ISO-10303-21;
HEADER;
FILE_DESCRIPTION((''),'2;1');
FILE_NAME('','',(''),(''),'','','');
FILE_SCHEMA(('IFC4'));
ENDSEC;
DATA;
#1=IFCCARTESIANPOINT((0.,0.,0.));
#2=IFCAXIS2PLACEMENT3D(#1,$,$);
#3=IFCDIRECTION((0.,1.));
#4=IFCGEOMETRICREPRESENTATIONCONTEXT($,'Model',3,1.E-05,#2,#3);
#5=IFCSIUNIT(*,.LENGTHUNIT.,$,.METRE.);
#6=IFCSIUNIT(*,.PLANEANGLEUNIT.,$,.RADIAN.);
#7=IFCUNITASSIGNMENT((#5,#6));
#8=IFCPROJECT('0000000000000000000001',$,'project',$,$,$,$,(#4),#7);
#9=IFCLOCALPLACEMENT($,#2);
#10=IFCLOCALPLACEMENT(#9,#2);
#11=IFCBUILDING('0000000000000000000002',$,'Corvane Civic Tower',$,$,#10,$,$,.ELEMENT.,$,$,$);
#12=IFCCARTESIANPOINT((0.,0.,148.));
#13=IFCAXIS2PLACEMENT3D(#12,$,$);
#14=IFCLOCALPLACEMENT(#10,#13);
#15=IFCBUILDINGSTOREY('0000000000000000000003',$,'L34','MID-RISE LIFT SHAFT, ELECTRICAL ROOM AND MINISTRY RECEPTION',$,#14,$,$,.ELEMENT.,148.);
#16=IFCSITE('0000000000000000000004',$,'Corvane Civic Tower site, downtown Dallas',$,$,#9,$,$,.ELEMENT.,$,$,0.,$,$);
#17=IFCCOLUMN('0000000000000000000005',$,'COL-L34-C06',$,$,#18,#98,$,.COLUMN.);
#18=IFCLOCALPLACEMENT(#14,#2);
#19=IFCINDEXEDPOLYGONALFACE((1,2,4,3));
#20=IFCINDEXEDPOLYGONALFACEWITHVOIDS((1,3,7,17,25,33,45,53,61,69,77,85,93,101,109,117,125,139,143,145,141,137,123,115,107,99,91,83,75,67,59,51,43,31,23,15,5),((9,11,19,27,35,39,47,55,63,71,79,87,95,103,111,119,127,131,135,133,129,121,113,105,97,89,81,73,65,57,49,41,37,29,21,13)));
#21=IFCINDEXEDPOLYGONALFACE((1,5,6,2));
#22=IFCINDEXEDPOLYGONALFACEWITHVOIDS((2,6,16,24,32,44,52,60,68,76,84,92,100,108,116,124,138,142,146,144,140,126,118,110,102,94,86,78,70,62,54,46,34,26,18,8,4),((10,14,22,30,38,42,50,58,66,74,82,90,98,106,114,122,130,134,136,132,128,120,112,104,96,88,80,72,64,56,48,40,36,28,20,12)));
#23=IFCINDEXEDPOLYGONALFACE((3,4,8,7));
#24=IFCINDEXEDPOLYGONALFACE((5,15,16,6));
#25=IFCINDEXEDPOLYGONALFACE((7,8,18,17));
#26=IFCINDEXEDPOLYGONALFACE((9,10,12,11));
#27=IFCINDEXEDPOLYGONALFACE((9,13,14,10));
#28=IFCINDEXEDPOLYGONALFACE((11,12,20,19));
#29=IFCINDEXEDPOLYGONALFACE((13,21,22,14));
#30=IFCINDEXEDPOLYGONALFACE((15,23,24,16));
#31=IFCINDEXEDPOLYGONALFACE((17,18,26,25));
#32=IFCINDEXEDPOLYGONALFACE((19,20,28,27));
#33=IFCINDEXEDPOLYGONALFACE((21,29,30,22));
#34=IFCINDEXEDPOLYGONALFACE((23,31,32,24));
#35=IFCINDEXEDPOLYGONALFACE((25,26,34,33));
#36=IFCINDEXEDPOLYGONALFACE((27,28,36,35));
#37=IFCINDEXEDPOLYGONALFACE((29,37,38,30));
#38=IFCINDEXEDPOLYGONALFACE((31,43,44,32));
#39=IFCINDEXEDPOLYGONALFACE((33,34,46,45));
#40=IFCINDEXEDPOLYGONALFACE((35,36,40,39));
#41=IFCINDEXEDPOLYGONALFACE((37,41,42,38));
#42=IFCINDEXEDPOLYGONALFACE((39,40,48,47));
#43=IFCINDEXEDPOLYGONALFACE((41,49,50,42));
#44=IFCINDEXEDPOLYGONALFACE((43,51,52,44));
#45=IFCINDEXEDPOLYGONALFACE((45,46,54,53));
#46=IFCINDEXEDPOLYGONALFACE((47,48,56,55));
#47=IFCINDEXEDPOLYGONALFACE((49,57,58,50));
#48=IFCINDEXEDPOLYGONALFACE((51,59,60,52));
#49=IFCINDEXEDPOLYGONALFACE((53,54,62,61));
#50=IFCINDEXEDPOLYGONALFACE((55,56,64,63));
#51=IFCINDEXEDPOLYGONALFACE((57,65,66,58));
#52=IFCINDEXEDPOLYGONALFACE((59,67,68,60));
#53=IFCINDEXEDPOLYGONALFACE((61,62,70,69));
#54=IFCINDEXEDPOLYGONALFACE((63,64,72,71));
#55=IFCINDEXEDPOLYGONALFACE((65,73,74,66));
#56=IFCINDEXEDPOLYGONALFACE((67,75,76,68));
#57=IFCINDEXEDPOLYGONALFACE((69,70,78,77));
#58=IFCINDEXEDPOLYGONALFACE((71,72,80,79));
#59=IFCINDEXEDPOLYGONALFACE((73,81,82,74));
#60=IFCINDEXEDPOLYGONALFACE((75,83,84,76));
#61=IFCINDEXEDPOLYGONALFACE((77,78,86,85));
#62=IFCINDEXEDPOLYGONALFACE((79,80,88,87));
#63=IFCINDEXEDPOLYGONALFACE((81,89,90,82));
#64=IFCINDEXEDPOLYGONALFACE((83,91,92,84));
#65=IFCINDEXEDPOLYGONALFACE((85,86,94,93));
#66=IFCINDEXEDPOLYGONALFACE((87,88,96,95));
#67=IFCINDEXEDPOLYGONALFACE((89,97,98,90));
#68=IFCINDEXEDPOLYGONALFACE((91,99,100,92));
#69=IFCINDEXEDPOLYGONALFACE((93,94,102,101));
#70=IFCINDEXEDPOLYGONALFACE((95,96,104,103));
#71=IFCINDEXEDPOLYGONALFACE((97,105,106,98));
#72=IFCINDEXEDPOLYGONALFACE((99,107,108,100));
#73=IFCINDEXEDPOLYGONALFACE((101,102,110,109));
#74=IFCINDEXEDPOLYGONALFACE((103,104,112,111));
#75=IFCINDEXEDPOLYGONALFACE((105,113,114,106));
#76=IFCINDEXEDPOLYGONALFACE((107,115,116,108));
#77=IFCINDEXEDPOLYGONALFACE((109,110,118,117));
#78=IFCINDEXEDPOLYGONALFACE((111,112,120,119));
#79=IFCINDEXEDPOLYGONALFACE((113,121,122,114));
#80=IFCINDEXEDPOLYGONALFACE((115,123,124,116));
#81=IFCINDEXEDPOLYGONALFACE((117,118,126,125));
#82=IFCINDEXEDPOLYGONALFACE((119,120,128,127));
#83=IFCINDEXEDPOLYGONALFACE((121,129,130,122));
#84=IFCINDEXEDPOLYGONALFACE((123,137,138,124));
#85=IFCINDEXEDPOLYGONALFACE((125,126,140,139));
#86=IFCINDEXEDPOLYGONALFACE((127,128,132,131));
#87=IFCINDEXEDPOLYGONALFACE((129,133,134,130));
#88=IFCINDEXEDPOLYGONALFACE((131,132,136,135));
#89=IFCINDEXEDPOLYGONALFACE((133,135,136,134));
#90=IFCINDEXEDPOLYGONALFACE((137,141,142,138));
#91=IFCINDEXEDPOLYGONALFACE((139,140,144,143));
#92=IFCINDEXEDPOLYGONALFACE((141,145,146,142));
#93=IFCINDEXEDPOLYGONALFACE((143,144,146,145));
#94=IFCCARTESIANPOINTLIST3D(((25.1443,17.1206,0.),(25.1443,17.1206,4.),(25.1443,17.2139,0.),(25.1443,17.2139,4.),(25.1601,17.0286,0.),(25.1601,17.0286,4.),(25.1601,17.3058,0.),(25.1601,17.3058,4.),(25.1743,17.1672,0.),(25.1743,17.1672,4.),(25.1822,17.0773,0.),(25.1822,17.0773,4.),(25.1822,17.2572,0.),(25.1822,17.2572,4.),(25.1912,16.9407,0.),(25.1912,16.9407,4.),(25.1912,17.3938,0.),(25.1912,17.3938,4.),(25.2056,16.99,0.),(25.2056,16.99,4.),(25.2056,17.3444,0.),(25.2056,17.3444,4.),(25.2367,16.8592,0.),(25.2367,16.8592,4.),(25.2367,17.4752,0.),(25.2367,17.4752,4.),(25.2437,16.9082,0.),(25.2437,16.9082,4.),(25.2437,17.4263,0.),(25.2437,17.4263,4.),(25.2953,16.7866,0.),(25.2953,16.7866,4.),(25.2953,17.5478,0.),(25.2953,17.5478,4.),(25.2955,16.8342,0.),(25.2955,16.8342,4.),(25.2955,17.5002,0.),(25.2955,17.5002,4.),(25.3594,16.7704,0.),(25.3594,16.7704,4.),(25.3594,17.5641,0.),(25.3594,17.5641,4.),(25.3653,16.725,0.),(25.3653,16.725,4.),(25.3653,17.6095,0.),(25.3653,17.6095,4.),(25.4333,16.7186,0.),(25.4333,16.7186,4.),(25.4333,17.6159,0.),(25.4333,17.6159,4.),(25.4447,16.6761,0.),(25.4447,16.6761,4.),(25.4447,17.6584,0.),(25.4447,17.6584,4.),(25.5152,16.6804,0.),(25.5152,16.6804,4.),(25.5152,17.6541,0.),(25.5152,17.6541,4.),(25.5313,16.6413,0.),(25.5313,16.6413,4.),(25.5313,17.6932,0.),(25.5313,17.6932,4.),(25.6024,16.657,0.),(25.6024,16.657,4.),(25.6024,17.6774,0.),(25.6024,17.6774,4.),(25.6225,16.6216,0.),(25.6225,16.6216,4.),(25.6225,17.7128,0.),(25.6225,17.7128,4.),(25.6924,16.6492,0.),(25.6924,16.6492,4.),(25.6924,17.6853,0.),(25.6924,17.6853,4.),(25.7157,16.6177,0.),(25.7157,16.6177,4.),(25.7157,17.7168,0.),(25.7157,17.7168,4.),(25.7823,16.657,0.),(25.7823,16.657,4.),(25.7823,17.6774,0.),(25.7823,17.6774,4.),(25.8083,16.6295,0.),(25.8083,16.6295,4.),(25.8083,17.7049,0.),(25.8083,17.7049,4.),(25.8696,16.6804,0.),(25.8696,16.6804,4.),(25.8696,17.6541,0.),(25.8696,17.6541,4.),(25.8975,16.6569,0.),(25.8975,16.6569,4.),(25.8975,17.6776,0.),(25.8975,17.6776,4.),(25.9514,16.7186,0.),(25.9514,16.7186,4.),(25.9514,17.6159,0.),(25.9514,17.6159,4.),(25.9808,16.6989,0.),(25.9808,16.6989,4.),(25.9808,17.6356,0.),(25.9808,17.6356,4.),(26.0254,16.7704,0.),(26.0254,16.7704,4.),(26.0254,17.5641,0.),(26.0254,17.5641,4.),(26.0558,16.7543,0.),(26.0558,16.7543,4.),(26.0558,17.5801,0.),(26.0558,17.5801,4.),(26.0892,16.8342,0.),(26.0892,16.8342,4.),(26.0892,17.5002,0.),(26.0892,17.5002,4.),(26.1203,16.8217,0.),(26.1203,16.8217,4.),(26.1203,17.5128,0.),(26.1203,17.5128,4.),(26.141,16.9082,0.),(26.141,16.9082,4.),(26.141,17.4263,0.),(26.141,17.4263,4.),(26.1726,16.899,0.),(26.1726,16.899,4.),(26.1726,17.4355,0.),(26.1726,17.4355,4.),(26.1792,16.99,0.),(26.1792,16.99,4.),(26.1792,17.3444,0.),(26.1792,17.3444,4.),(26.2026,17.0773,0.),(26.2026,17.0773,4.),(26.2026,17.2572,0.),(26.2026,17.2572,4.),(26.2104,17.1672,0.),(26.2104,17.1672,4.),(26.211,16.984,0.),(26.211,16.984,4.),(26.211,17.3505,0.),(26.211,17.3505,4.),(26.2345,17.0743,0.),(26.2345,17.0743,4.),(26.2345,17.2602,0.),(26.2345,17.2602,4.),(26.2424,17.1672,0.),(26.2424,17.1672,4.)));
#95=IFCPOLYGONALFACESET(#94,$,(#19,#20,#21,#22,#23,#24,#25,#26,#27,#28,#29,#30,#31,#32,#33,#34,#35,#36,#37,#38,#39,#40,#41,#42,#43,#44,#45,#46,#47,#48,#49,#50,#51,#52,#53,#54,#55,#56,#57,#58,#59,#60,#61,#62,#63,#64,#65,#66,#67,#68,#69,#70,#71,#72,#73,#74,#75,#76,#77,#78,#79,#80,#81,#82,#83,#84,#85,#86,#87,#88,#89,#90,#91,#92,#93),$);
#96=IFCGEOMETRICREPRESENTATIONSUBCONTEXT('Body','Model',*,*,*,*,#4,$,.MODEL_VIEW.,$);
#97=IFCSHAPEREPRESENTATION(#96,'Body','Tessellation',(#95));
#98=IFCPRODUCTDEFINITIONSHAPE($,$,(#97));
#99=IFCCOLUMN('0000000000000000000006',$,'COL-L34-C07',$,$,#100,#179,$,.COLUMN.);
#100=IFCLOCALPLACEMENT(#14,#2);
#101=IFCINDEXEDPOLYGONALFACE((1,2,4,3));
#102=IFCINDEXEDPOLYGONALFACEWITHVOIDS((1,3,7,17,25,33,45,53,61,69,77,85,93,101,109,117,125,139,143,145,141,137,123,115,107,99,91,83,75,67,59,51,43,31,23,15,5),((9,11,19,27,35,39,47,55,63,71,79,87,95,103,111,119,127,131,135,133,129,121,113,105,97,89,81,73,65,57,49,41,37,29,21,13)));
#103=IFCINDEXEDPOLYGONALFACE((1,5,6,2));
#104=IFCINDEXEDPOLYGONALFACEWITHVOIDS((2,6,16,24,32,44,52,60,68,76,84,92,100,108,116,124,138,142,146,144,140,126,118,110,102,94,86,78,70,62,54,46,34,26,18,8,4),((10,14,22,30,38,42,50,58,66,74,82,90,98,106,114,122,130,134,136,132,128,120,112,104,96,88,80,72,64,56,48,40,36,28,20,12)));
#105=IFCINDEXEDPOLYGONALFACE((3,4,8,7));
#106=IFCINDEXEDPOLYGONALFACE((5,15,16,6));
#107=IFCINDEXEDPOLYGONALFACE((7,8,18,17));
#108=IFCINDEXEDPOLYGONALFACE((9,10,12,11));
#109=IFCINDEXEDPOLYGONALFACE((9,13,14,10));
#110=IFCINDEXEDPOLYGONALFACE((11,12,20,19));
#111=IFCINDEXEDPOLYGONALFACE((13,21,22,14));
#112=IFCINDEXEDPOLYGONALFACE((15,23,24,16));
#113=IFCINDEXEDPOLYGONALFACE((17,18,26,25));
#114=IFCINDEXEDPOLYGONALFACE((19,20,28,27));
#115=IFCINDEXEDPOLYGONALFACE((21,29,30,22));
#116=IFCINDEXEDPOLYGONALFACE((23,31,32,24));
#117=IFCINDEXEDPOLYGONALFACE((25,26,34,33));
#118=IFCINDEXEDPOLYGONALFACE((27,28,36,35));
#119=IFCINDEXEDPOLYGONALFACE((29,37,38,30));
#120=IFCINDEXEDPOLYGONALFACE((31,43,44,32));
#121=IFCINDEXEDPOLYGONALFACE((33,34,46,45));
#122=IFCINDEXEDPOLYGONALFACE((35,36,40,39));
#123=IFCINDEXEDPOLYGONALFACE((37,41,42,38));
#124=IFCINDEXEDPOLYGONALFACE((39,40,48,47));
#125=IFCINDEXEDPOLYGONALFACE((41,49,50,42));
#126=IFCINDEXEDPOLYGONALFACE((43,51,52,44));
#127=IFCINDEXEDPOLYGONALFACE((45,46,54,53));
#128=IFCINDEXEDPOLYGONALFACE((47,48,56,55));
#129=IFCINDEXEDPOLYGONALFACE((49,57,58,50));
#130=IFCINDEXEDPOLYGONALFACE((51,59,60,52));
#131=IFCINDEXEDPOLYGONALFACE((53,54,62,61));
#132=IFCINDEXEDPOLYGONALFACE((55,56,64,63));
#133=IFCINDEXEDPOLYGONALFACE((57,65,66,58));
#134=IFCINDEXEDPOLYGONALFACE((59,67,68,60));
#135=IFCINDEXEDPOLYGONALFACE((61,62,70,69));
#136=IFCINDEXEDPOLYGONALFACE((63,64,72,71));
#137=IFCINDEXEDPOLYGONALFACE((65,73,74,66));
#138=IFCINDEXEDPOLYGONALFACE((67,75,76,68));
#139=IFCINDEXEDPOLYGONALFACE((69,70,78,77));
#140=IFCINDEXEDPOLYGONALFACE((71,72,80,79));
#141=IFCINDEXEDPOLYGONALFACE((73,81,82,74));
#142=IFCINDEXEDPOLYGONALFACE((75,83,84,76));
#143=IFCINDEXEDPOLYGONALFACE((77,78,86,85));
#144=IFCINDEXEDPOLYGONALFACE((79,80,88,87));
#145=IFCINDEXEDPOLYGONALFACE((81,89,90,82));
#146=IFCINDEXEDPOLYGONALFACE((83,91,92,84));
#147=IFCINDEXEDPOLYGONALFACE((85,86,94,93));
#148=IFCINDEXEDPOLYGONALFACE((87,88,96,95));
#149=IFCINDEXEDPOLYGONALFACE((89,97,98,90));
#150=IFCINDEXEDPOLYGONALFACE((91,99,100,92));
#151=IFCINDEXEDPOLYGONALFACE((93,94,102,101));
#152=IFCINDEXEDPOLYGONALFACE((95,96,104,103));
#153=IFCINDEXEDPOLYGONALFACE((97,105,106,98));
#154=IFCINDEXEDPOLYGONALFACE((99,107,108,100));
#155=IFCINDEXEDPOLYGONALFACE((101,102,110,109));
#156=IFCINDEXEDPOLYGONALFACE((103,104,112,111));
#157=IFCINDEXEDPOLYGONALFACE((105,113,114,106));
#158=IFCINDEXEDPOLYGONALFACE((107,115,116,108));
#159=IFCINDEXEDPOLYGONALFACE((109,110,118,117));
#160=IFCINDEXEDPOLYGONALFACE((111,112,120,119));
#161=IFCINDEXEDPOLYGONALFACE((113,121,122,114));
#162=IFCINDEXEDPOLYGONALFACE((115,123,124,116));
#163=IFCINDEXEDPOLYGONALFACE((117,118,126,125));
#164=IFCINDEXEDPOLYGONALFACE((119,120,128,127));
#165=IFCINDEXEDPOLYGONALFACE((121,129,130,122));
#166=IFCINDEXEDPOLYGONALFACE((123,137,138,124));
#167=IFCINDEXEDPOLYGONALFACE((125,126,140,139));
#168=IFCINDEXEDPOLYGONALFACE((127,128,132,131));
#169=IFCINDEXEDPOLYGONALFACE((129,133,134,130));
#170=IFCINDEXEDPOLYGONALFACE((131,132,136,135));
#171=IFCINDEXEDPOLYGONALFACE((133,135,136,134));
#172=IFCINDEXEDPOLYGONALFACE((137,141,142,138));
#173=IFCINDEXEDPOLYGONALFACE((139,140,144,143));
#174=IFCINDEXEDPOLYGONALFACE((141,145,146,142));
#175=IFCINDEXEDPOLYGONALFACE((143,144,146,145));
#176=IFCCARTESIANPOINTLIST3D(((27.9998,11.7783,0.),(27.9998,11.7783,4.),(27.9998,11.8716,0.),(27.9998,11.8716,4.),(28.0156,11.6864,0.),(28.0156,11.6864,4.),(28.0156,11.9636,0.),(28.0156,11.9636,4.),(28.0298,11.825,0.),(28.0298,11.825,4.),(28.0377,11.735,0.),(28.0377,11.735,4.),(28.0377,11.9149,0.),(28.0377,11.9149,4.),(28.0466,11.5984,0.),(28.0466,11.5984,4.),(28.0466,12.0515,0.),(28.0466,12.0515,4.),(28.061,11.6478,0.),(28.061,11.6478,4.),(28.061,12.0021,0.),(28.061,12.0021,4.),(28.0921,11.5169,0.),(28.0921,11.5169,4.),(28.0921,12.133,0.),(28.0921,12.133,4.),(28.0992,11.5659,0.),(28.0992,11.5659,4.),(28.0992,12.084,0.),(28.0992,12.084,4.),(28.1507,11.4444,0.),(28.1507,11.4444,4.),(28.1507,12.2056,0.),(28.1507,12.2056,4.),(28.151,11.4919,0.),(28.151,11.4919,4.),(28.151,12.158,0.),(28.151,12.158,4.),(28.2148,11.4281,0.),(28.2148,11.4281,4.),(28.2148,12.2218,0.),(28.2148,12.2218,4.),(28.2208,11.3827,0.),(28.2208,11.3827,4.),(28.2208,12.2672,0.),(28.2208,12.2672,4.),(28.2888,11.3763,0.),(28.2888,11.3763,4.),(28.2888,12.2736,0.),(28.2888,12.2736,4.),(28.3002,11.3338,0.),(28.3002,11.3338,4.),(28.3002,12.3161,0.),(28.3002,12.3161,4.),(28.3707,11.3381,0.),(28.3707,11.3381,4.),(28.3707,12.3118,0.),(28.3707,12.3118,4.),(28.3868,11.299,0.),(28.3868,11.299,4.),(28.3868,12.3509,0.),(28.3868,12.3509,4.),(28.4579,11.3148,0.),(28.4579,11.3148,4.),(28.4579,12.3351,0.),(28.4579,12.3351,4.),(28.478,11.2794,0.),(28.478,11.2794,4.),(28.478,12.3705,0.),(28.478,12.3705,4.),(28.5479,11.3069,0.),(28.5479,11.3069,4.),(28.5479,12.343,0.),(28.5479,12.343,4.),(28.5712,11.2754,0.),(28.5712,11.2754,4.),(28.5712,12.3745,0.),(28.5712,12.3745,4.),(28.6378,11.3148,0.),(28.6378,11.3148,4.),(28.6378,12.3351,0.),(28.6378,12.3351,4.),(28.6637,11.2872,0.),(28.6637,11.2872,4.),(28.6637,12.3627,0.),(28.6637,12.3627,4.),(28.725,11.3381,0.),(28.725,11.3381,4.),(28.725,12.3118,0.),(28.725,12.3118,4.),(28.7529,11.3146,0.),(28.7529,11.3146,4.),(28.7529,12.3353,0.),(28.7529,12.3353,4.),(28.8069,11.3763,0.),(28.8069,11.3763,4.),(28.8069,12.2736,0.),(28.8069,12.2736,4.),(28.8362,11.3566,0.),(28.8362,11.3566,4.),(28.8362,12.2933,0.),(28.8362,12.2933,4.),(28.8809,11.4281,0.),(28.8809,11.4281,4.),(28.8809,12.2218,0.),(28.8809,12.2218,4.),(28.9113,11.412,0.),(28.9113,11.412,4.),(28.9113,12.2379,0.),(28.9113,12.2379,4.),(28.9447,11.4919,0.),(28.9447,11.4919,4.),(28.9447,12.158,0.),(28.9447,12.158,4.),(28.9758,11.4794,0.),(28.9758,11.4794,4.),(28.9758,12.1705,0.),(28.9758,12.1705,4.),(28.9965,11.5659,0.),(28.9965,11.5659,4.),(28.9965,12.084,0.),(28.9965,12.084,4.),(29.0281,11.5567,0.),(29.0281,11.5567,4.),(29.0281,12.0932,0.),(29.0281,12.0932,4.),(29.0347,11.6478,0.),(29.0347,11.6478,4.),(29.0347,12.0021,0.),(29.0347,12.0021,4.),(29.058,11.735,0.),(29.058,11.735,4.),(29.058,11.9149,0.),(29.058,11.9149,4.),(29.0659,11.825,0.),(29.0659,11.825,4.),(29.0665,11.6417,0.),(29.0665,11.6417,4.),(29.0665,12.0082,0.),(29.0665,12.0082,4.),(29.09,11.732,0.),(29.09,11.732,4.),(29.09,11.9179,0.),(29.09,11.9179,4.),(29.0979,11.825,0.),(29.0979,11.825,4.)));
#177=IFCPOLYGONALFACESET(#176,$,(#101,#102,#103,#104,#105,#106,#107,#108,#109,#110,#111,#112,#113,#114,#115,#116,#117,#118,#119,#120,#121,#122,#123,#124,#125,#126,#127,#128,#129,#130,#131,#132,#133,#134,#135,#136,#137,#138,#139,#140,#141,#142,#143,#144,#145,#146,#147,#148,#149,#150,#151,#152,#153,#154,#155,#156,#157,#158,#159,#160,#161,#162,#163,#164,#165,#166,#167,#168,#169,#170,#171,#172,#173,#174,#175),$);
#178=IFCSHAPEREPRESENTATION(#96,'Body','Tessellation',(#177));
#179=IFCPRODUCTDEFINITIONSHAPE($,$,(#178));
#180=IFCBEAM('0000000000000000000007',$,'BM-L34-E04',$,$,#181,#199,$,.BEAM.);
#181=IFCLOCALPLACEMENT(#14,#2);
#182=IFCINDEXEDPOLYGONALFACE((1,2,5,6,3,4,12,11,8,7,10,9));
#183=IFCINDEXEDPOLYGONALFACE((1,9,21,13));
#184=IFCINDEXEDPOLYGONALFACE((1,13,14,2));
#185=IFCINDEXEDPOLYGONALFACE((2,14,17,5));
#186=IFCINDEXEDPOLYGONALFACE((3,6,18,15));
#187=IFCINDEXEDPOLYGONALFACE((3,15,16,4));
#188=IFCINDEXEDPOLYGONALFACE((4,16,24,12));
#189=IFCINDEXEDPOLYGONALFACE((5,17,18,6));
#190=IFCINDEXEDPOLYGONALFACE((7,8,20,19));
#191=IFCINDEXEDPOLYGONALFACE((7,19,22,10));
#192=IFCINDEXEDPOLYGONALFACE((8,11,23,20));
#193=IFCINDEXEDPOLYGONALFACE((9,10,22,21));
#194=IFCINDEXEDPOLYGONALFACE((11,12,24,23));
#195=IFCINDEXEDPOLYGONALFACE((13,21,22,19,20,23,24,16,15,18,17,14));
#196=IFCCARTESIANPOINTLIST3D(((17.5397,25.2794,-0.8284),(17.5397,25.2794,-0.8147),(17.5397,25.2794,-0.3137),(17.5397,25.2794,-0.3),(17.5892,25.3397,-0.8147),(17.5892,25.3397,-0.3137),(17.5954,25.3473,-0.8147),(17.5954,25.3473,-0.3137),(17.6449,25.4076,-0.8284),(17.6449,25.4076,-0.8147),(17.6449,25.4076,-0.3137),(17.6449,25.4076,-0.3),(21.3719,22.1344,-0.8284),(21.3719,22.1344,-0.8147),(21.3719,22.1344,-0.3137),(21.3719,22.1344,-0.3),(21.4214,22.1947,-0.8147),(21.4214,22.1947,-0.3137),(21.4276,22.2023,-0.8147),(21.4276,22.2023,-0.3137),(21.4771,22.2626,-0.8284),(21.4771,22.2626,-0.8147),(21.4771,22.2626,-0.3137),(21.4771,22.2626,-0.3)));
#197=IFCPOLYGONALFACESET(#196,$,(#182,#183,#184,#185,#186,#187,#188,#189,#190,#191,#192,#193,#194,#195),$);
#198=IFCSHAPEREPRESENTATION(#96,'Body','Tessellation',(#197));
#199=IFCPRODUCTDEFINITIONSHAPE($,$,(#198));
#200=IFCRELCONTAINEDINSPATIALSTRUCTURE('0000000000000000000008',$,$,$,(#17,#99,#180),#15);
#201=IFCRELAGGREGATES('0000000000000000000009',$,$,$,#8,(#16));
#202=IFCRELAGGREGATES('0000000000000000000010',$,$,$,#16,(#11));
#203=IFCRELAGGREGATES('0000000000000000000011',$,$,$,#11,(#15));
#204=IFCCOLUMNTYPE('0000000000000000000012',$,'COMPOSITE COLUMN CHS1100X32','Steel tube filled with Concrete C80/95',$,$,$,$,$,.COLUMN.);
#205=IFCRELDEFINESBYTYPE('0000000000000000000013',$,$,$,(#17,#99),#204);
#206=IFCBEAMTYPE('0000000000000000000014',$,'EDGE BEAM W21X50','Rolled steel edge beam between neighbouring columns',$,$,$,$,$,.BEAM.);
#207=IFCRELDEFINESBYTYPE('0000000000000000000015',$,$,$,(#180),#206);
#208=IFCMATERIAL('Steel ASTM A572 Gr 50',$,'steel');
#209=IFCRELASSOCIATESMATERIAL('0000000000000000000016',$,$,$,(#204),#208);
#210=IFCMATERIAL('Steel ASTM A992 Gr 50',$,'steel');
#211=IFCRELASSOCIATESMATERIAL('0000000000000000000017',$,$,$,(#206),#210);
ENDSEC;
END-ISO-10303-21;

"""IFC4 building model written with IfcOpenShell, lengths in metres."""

from ifc_helpers import new_model, si_unit, direction, frame, origin, origin_2d, place, context, subcontext, project, spatial, hollow_circle, i_section, extrude, material, material_profile, profile_set, type_object, element, save


model = new_model("IFC4")

# Units and contexts
model_context = context("Model", 3, precision=1e-05, world=origin(), true_north=direction((0.0, 1.0)))
body_context = subcontext(model_context, "Body", "Model", "MODEL_VIEW")
ifc_project = project(units=[si_unit("LENGTHUNIT", "METRE"), si_unit("PLANEANGLEUNIT", "RADIAN")], contexts=[model_context])

# Site, building, storey
site_placement = place(None, origin())
site = spatial("IfcSite", under=ifc_project, at=site_placement, Name="Corvane Civic Tower site, downtown Dallas", CompositionType="ELEMENT", RefElevation=0.0)
building_placement = place(site_placement, origin())
building = spatial("IfcBuilding", under=site, at=building_placement, Name="Corvane Civic Tower", CompositionType="ELEMENT")
storey_placement = place(building_placement, frame((0.0, 0.0, 148.0)))
storey = spatial("IfcBuildingStorey", under=building, at=storey_placement, Name="L34", Description="MID-RISE LIFT SHAFT, ELECTRICAL ROOM AND MINISTRY RECEPTION", CompositionType="ELEMENT", Elevation=148.0)

# Columns
ifc_material_1 = material(Name="Steel ASTM A572 Gr 50", Category="steel")
ifc_material_profile_1 = material_profile(ifc_material_1, hollow_circle(Radius=0.55, WallThickness=0.032, at=origin_2d()), Name="CHS1100X32")
ifc_profile_set_1 = profile_set([ifc_material_profile_1], Name="Steel ASTM A572 Gr 50")
column_type = type_object("IfcColumnType", Name="COMPOSITE COLUMN CHS1100X32", Description="Steel tube filled with Concrete C80/95", PredefinedType="COLUMN", material=ifc_profile_set_1)
for number, where, z_axis, x_axis, name in (
    (1, (25.6924, 17.1672, 0.0), (0.0, 0.0, 1.0), (1.0, 0.0, 0.0), "COL-L34-C06"),
    (2, (28.5479, 11.825, 0.0), (0.0, 0.0, 1.0), (1.0, 0.0, 0.0), "COL-L34-C07"),
):
    element("IfcColumn", number, at=place(storey_placement, frame(where, z_axis=z_axis, x_axis=x_axis)), inside=storey, type_object=column_type, Name=name, PredefinedType="COLUMN", context=body_context, shape_type="SweptSolid", body=[
        extrude(hollow_circle(Radius=0.55, WallThickness=0.032, at=origin_2d()), origin(), (0.0, 0.0, 1.0), 4.0),
    ])

# Beam
ifc_material_2 = material(Name="Steel ASTM A992 Gr 50", Category="steel")
ifc_material_profile_2 = material_profile(ifc_material_2, i_section(OverallWidth=0.1658, OverallDepth=0.5283, WebThickness=0.0098, FlangeThickness=0.0137, at=origin_2d()), Name="W21X50")
ifc_profile_set_2 = profile_set([ifc_material_profile_2], Name="Steel ASTM A992 Gr 50")
beam_type_1 = type_object("IfcBeamType", Name="EDGE BEAM W21X50", Description="Rolled steel edge beam between neighbouring columns", PredefinedType="BEAM", material=ifc_profile_set_2)
for number, where, z_axis, x_axis, name in (
    (3, (17.5923, 25.3435, -0.5642), (0.773015, -0.634388, 0.0), (0.634388, 0.773015, 0.0), "BM-L34-E04"),
):
    element("IfcBeam", number, at=place(storey_placement, frame(where, z_axis=z_axis, x_axis=x_axis)), inside=storey, type_object=beam_type_1, Name=name, PredefinedType="BEAM", context=body_context, shape_type="SweptSolid", body=[
        extrude(i_section(OverallWidth=0.1658, OverallDepth=0.5283, WebThickness=0.0098, FlangeThickness=0.0137, at=origin_2d()), origin(), (0.0, 0.0, 1.0), 4.9575),
    ])

save(model, "model.ifc")
